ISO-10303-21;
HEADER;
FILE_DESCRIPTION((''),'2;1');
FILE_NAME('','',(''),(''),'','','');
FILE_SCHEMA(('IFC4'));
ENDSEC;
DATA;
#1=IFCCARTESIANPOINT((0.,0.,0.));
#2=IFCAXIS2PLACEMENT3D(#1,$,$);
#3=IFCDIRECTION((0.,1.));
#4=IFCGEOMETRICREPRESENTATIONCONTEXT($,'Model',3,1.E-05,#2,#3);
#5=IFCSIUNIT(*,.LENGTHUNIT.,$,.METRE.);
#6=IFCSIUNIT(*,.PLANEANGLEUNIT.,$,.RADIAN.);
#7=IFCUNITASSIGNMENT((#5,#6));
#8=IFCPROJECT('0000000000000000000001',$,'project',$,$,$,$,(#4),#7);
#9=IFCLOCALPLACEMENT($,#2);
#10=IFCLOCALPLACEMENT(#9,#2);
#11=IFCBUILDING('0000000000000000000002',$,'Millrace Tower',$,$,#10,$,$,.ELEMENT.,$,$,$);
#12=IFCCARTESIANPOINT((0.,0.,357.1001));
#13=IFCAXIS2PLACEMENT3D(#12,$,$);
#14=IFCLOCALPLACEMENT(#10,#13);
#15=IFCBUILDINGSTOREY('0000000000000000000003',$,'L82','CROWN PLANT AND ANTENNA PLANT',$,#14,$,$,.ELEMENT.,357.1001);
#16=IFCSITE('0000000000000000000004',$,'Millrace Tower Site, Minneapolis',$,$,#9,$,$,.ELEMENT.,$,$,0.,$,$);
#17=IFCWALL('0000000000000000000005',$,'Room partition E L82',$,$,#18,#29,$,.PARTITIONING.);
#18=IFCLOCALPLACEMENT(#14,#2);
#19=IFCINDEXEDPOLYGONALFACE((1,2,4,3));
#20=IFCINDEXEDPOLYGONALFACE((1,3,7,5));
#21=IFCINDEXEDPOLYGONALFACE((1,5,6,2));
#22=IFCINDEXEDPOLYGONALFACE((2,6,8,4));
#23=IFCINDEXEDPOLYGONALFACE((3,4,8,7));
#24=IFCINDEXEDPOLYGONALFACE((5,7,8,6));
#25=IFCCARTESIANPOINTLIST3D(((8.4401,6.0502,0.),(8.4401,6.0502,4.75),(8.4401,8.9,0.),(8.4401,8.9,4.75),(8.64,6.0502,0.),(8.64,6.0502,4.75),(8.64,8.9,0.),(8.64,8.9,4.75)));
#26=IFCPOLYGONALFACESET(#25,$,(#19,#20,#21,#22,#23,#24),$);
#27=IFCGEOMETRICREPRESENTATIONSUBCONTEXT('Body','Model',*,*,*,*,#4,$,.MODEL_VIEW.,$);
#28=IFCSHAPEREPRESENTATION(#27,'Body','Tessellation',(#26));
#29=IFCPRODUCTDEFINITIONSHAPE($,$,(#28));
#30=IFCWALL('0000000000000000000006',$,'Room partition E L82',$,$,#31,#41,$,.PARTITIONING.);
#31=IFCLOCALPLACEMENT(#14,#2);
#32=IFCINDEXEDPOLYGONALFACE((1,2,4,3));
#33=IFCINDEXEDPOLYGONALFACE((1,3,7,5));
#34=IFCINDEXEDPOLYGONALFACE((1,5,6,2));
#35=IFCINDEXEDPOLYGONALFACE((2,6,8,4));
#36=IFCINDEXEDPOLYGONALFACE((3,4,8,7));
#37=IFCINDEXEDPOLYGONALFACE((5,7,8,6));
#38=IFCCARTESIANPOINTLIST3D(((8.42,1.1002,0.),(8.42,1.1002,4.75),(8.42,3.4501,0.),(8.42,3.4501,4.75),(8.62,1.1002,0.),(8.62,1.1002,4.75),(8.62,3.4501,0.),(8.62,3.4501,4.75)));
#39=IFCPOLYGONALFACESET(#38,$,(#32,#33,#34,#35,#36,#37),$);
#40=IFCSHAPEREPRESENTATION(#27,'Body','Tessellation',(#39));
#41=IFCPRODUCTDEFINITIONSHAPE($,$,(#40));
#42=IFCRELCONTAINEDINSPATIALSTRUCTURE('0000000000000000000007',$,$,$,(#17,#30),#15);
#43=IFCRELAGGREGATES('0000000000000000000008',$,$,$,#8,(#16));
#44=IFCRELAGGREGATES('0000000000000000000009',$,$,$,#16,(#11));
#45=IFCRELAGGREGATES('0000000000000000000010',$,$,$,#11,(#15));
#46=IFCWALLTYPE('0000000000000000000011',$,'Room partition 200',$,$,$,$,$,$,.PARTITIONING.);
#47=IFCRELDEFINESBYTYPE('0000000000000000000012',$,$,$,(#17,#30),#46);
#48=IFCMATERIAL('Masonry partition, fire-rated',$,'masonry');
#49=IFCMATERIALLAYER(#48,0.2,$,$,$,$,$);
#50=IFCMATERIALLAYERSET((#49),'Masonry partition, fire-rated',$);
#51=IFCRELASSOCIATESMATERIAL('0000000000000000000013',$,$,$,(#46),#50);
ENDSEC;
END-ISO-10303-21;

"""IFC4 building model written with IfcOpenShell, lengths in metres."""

from ifc_helpers import new_model, si_unit, direction, frame, frame_2d, origin, place, context, subcontext, project, spatial, rectangle, extrude, material, layer, layer_set, type_object, element, save


model = new_model("IFC4")

# Units and contexts
model_context = context("Model", 3, precision=1e-05, world=origin(), true_north=direction((0.0, 1.0)))
body_context = subcontext(model_context, "Body", "Model", "MODEL_VIEW")
ifc_project = project(units=[si_unit("LENGTHUNIT", "METRE"), si_unit("PLANEANGLEUNIT", "RADIAN")], contexts=[model_context])

# Site, building, storey
site_placement = place(None, origin())
site = spatial("IfcSite", under=ifc_project, at=site_placement, Name="Millrace Tower Site, Minneapolis", CompositionType="ELEMENT", RefElevation=0.0)
building_placement = place(site_placement, origin())
building = spatial("IfcBuilding", under=site, at=building_placement, Name="Millrace Tower", CompositionType="ELEMENT")
storey_placement = place(building_placement, frame((0.0, 0.0, 357.1001)))
storey = spatial("IfcBuildingStorey", under=building, at=storey_placement, Name="L82", Description="CROWN PLANT AND ANTENNA PLANT", CompositionType="ELEMENT", Elevation=357.1001)

# Walls
ifc_material_1 = material(Name="Masonry partition, fire-rated", Category="masonry")
ifc_layer_1 = layer(ifc_material_1, 0.2)
ifc_layer_set_1 = layer_set([ifc_layer_1], Name="Masonry partition, fire-rated")
wall_type_1 = type_object("IfcWallType", Name="Room partition 200", PredefinedType="PARTITIONING", material=ifc_layer_set_1)
wall_1_placement = place(storey_placement, frame((8.54, 8.8999, 0.0), z_axis=(0.0, 0.0, 1.0), x_axis=(0.0, -1.0, 0.0)))
element("IfcWall", 1, at=wall_1_placement, inside=storey, type_object=wall_type_1, Name="Room partition E L82", PredefinedType="PARTITIONING", context=body_context, shape_type="SweptSolid", body=[
    extrude(rectangle(XDim=2.8499, YDim=0.2, at=frame_2d((1.4248, 0.0))), origin(), (0.0, 0.0, 1.0), 4.75),
])
wall_2_placement = place(storey_placement, frame((8.52, 3.45, 0.0), z_axis=(0.0, 0.0, 1.0), x_axis=(0.0, -1.0, 0.0)))
element("IfcWall", 2, at=wall_2_placement, inside=storey, type_object=wall_type_1, Name="Room partition E L82", PredefinedType="PARTITIONING", context=body_context, shape_type="SweptSolid", body=[
    extrude(rectangle(XDim=2.3499, YDim=0.2, at=frame_2d((1.1748, 0.0))), origin(), (0.0, 0.0, 1.0), 4.75),
])

save(model, "model.ifc")
